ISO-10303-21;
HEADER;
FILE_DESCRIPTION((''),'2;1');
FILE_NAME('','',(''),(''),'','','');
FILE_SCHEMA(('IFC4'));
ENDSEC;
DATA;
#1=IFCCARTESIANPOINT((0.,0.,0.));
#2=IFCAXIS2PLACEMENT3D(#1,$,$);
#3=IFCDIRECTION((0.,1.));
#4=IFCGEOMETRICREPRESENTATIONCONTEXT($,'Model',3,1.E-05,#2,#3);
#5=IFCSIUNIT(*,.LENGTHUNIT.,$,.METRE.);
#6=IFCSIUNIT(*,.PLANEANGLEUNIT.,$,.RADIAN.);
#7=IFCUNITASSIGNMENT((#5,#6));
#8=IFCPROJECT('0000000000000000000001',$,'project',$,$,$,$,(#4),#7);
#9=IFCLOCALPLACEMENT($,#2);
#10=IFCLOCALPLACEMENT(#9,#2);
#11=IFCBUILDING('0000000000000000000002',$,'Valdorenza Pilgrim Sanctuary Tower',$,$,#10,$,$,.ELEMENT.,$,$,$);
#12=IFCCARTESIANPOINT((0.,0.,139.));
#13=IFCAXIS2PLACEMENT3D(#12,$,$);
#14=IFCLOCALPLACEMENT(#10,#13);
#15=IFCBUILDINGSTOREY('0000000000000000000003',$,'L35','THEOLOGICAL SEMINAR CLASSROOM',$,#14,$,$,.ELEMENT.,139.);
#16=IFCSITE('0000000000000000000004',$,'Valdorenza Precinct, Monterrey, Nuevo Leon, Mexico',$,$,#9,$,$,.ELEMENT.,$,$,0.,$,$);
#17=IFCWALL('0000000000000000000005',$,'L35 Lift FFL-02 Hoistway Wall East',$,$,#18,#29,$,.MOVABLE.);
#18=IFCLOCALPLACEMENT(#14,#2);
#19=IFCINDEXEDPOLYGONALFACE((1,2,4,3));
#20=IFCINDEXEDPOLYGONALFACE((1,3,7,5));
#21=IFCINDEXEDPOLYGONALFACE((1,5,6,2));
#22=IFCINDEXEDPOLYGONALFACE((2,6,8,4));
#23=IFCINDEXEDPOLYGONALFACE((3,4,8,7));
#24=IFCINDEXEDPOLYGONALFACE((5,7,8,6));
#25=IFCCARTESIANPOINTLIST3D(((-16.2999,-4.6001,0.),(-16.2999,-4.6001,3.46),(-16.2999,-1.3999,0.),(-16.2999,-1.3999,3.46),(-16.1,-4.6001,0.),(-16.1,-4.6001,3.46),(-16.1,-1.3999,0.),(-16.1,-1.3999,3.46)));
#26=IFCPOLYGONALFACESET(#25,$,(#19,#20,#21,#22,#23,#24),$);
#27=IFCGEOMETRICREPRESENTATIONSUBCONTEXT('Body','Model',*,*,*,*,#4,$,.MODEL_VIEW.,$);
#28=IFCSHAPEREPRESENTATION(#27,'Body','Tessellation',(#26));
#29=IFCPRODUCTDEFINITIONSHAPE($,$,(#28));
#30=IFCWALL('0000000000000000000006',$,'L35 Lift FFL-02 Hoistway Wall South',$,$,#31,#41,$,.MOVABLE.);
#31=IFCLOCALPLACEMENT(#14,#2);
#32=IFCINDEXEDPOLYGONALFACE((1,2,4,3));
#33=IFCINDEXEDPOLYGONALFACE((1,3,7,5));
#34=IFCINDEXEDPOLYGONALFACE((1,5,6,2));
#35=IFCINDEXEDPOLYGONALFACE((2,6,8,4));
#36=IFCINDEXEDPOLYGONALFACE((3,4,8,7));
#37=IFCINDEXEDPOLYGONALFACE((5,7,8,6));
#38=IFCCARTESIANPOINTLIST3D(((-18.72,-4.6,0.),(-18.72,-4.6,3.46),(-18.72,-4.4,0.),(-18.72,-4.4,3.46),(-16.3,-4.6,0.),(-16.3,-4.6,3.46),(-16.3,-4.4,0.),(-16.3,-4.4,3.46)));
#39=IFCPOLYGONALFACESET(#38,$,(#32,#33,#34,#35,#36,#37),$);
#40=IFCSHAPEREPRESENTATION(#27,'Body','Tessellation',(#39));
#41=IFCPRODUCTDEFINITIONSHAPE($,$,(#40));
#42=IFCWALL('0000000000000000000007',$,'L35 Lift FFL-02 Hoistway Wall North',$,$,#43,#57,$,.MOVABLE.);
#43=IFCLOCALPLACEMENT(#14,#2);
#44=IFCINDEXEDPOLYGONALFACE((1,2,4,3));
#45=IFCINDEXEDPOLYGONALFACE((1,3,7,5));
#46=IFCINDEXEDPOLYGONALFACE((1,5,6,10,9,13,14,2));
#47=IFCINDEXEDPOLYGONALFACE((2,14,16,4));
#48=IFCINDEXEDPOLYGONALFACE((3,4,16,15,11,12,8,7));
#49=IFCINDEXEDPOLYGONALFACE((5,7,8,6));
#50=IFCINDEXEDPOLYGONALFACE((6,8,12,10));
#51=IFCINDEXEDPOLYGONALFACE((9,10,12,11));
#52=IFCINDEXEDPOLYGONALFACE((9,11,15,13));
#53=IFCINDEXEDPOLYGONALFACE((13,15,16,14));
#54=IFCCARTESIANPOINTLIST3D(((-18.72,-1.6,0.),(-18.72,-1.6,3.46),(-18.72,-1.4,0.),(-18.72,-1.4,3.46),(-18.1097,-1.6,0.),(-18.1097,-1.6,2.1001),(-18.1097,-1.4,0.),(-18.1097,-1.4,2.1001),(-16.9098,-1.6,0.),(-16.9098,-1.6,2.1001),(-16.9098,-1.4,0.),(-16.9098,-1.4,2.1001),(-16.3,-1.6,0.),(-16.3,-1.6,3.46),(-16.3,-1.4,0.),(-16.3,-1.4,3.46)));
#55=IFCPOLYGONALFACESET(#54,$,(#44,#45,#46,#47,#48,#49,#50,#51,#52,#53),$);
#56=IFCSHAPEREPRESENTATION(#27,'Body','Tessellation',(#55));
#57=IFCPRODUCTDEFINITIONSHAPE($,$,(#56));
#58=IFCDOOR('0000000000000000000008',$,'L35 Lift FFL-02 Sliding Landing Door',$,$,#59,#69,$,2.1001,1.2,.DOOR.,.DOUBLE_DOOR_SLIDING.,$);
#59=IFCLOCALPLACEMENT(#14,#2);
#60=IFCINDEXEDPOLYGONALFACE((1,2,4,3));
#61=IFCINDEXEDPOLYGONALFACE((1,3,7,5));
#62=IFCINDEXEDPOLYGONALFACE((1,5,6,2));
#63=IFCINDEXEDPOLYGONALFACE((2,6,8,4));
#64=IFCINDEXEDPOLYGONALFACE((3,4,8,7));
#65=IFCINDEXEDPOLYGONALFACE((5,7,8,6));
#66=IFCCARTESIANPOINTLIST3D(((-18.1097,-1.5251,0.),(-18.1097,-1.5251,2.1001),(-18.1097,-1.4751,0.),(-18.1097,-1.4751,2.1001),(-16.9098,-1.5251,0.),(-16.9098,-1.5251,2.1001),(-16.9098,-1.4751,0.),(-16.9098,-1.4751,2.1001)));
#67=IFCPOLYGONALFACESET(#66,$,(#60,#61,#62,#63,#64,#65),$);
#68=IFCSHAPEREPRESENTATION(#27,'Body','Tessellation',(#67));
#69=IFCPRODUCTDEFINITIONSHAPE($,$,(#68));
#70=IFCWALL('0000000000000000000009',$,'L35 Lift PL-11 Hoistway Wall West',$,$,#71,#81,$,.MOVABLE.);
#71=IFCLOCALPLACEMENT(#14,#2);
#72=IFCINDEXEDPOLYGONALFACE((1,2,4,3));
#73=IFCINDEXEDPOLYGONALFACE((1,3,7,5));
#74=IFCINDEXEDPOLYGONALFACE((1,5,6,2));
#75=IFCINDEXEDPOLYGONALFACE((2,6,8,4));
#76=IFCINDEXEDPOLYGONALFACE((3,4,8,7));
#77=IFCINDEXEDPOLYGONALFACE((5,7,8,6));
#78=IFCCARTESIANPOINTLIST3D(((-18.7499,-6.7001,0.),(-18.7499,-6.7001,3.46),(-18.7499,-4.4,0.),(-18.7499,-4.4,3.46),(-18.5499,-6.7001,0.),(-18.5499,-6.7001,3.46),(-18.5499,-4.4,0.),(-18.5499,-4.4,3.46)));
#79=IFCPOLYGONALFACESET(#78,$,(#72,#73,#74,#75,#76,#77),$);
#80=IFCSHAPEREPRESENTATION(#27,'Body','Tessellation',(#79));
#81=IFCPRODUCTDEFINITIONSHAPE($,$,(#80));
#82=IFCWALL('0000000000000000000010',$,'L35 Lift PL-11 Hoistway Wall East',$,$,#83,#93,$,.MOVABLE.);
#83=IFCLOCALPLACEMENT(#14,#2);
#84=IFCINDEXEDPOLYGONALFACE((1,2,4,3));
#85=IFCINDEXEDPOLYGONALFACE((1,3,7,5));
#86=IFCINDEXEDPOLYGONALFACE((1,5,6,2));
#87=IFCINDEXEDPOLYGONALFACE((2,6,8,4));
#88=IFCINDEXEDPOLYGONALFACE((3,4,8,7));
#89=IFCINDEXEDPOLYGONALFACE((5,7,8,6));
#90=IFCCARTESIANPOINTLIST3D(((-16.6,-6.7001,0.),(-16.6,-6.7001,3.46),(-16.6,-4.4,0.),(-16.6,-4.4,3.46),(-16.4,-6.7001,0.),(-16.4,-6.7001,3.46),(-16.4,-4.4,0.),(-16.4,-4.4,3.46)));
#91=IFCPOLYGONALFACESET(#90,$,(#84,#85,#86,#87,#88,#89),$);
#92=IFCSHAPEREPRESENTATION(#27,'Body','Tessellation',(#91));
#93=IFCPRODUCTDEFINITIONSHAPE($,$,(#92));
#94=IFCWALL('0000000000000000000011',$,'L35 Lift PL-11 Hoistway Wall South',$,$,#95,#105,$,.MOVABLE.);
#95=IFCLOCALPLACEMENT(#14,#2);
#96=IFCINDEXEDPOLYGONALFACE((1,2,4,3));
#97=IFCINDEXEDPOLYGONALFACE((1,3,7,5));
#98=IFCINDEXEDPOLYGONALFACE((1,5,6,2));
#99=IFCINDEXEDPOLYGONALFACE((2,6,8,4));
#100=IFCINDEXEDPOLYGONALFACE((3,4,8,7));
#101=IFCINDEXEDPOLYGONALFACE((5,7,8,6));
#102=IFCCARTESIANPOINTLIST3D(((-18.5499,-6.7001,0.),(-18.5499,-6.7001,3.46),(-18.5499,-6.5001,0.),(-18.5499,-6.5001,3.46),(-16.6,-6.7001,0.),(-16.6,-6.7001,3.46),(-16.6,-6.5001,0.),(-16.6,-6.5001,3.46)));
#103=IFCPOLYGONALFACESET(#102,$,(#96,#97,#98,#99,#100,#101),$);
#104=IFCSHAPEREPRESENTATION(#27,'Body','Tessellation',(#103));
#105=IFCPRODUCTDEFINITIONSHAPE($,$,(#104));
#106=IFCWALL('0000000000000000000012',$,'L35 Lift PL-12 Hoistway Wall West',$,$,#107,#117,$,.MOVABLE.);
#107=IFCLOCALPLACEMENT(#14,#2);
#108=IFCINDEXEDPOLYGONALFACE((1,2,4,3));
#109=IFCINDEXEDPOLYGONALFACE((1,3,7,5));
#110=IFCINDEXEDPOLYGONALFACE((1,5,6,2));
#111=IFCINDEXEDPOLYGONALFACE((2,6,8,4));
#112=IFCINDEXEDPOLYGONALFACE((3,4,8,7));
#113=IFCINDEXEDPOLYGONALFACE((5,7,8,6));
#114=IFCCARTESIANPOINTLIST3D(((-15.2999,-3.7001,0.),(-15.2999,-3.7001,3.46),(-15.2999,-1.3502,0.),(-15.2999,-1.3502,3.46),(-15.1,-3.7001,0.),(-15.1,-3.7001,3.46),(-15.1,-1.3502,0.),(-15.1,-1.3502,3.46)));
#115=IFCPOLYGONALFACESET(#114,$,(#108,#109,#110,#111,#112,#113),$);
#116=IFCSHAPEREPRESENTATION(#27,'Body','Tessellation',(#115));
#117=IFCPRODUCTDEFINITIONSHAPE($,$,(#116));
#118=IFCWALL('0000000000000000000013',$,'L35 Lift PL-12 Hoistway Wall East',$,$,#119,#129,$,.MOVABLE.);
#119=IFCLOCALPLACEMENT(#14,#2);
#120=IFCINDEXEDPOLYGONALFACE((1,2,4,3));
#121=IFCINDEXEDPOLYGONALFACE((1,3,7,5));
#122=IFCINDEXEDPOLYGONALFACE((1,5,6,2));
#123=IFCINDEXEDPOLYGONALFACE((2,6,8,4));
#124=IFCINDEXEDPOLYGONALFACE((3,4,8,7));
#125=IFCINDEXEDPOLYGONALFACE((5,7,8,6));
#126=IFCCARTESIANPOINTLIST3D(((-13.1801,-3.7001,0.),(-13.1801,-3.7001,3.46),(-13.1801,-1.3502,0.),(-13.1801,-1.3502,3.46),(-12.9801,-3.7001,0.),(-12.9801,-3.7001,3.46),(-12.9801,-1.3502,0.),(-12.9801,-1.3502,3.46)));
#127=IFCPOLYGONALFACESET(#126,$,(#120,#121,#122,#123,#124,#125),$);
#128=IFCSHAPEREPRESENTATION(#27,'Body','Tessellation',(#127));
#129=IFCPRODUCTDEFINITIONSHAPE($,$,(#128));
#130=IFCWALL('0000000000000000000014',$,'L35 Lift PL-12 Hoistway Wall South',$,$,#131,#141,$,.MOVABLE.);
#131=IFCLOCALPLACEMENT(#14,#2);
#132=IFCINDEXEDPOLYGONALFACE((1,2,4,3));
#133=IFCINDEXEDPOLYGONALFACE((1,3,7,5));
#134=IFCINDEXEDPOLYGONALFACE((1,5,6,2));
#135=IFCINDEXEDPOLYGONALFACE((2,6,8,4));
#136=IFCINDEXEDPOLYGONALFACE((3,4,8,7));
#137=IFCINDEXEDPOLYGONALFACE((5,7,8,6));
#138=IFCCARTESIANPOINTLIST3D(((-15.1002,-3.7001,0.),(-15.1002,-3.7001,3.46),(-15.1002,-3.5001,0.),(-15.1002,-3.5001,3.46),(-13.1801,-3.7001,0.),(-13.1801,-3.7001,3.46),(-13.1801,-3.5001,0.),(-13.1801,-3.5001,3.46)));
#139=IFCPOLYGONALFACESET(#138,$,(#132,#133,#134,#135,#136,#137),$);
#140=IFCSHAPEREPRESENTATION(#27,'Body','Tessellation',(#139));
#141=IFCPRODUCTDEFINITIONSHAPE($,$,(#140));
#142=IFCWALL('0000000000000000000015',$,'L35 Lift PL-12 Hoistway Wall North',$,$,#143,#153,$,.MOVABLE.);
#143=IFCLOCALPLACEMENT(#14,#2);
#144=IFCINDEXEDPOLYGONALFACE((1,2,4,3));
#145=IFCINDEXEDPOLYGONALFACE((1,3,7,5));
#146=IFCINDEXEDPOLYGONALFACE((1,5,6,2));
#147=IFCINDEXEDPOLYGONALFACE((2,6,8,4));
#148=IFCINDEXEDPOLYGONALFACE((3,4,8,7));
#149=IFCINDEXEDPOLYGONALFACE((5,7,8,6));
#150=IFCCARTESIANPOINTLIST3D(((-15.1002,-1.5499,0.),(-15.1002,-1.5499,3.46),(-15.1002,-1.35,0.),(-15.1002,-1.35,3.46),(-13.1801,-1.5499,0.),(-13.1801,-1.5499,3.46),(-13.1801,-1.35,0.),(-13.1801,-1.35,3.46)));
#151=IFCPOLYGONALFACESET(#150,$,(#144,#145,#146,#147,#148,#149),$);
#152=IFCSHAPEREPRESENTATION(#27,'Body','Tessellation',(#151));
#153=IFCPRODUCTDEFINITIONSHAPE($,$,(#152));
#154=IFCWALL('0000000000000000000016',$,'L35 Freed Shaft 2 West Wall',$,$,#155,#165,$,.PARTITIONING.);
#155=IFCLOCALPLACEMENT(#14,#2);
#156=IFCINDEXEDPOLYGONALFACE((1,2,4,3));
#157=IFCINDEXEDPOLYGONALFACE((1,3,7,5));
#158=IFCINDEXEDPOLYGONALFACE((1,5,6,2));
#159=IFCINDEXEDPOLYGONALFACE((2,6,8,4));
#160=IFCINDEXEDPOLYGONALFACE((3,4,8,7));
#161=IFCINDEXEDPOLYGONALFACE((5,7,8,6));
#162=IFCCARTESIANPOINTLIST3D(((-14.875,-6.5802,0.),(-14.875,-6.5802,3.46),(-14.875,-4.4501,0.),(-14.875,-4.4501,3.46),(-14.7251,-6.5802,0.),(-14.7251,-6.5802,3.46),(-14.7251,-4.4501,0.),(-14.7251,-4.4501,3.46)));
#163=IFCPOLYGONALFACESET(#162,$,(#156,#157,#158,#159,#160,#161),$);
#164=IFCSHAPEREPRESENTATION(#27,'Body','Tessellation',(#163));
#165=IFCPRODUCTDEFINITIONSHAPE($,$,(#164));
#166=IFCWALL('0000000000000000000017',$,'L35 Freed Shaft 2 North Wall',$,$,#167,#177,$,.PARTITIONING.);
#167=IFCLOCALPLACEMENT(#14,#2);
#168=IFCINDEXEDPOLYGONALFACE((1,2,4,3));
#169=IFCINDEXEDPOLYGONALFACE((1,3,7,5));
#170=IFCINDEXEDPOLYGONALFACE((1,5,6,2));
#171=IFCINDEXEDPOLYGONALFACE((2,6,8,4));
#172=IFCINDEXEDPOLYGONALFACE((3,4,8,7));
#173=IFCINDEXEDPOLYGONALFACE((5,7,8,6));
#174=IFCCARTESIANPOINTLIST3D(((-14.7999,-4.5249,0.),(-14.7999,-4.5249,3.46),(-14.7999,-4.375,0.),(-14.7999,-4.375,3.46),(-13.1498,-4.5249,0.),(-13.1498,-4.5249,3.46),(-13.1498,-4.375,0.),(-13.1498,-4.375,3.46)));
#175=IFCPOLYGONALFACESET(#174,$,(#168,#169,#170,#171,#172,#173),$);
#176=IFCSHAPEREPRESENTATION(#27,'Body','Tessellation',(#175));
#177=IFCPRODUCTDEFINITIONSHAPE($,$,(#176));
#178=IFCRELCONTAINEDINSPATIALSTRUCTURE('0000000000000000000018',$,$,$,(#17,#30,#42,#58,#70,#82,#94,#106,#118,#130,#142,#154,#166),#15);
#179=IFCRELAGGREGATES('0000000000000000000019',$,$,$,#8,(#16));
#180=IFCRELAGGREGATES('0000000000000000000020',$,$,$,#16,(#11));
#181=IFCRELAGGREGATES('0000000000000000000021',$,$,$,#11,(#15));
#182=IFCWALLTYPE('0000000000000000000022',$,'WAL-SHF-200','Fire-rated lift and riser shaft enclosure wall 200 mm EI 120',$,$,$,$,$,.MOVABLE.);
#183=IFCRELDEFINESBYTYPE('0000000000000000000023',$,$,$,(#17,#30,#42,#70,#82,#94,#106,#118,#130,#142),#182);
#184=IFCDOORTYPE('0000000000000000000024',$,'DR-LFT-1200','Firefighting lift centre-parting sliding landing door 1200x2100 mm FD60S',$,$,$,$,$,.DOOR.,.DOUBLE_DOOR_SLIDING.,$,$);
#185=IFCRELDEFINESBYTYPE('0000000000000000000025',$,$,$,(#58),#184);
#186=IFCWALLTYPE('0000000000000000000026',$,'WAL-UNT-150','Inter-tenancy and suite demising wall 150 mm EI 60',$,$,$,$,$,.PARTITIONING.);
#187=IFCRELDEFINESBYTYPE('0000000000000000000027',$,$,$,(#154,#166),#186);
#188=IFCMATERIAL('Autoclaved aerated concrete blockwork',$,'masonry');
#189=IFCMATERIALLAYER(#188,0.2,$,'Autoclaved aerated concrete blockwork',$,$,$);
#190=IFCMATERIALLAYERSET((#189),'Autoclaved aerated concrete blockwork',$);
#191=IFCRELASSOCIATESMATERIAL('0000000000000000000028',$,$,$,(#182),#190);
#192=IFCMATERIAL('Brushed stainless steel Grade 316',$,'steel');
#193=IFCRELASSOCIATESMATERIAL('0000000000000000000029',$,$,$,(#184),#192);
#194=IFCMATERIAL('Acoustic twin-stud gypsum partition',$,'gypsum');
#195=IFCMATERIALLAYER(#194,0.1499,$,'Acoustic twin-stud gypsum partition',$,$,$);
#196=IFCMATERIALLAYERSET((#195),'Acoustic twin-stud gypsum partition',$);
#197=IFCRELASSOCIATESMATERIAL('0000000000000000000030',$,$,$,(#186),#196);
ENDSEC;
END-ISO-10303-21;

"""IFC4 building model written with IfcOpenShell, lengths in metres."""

from ifc_helpers import new_model, si_unit, direction, frame, frame_2d, origin, place, context, subcontext, project, spatial, rectangle, extrude, material, layer, layer_set, type_object, element, fill, save


model = new_model("IFC4")

# Units and contexts
model_context = context("Model", 3, precision=1e-05, world=origin(), true_north=direction((0.0, 1.0)))
body_context = subcontext(model_context, "Body", "Model", "MODEL_VIEW")
ifc_project = project(units=[si_unit("LENGTHUNIT", "METRE"), si_unit("PLANEANGLEUNIT", "RADIAN")], contexts=[model_context])

# Site, building, storey
site_placement = place(None, origin())
site = spatial("IfcSite", under=ifc_project, at=site_placement, Name="Valdorenza Precinct, Monterrey, Nuevo Leon, Mexico", CompositionType="ELEMENT", RefElevation=0.0)
building_placement = place(site_placement, origin())
building = spatial("IfcBuilding", under=site, at=building_placement, Name="Valdorenza Pilgrim Sanctuary Tower", CompositionType="ELEMENT")
storey_placement = place(building_placement, frame((0.0, 0.0, 139.0)))
storey = spatial("IfcBuildingStorey", under=building, at=storey_placement, Name="L35", Description="THEOLOGICAL SEMINAR CLASSROOM", CompositionType="ELEMENT", Elevation=139.0)

# Shared definitions
ifc_material_1 = material(Name="Acoustic twin-stud gypsum partition", Category="gypsum")

# Walls
ifc_material_2 = material(Name="Autoclaved aerated concrete blockwork", Category="masonry")
ifc_layer_1 = layer(ifc_material_2, 0.2, Name="Autoclaved aerated concrete blockwork")
ifc_layer_set_1 = layer_set([ifc_layer_1], Name="Autoclaved aerated concrete blockwork")
wall_type_1 = type_object("IfcWallType", Name="WAL-SHF-200", Description="Fire-rated lift and riser shaft enclosure wall 200 mm EI 120", PredefinedType="MOVABLE", material=ifc_layer_set_1)
wall_1_placement = place(storey_placement, frame((-16.2, -4.6001, 0.0), z_axis=(0.0, 0.0, 1.0), x_axis=(0.0, 1.0, 0.0)))
element("IfcWall", 1, at=wall_1_placement, inside=storey, type_object=wall_type_1, Name="L35 Lift FFL-02 Hoistway Wall East", PredefinedType="MOVABLE", context=body_context, shape_type="SweptSolid", body=[
    extrude(rectangle(XDim=3.2002, YDim=0.2, at=frame_2d((1.6001, 0.0))), origin(), (0.0, 0.0, 1.0), 3.46),
])
wall_2_placement = place(storey_placement, frame((-18.72, -4.5, 0.0), z_axis=(0.0, 0.0, 1.0), x_axis=(1.0, 0.0, 0.0)))
element("IfcWall", 2, at=wall_2_placement, inside=storey, type_object=wall_type_1, Name="L35 Lift FFL-02 Hoistway Wall South", PredefinedType="MOVABLE", context=body_context, shape_type="SweptSolid", body=[
    extrude(rectangle(XDim=2.4199, YDim=0.2, at=frame_2d((1.21, 0.0))), origin(), (0.0, 0.0, 1.0), 3.46),
])

# Wall, opening, door
wall_3_placement = place(storey_placement, frame((-18.72, -1.5, 0.0), z_axis=(0.0, 0.0, 1.0), x_axis=(1.0, 0.0, 0.0)))
wall_3 = element("IfcWall", 3, at=wall_3_placement, inside=storey, type_object=wall_type_1, Name="L35 Lift FFL-02 Hoistway Wall North", PredefinedType="MOVABLE", context=body_context, shape_type="SweptSolid", body=[
    extrude(rectangle(XDim=2.4199, YDim=0.2, at=frame_2d((1.21, 0.0))), origin(), (0.0, 0.0, 1.0), 3.46),
])
opening_1_placement = place(wall_3_placement, frame((0.6101, 0.0, 0.0)))
opening_1 = element("IfcOpeningElement", 4, at=opening_1_placement, cuts=wall_3, PredefinedType="OPENING", context=body_context, shape_type="SweptSolid", body=[
    extrude(rectangle(XDim=1.2, YDim=2.1001, at=frame_2d((0.6001, 1.05))), frame((0.0, 0.1147, 0.0), z_axis=(0.0, -1.0, 0.0), x_axis=(1.0, 0.0, 0.0)), (0.0, 0.0, 1.0), 0.2297),
])
ifc_material_3 = material(Name="Brushed stainless steel Grade 316", Category="steel")
door_type_1 = type_object("IfcDoorType", Name="DR-LFT-1200", Description="Firefighting lift centre-parting sliding landing door 1200x2100 mm FD60S", OperationType="DOUBLE_DOOR_SLIDING", PredefinedType="DOOR", material=ifc_material_3)
door_1_placement = place(opening_1_placement, origin())
door_1 = element("IfcDoor", 5, at=door_1_placement, inside=storey, type_object=door_type_1, Name="L35 Lift FFL-02 Sliding Landing Door", OperationType="DOUBLE_DOOR_SLIDING", OverallHeight=2.1001, OverallWidth=1.2, PredefinedType="DOOR", context=body_context, shape_type="SweptSolid", body=[
    extrude(rectangle(XDim=1.2, YDim=2.1001, at=frame_2d((0.6001, 1.05))), frame((0.0, 0.0249, 0.0), z_axis=(0.0, -1.0, 0.0), x_axis=(1.0, 0.0, 0.0)), (0.0, 0.0, 1.0), 0.05),
])
fill(opening_1, door_1)

# Walls
for number, where, z_axis, x_axis, name in (
    (6, (-18.6499, -6.7, 0.0), (0.0, 0.0, 1.0), (0.0, 1.0, 0.0), "L35 Lift PL-11 Hoistway Wall West"),
    (7, (-16.5, -6.7, 0.0), (0.0, 0.0, 1.0), (0.0, 1.0, 0.0), "L35 Lift PL-11 Hoistway Wall East"),
):
    element("IfcWall", number, at=place(storey_placement, frame(where, z_axis=z_axis, x_axis=x_axis)), inside=storey, type_object=wall_type_1, Name=name, PredefinedType="MOVABLE", context=body_context, shape_type="SweptSolid", body=[
        extrude(rectangle(XDim=2.3, YDim=0.2, at=frame_2d((1.1499, 0.0))), origin(), (0.0, 0.0, 1.0), 3.46),
    ])
wall_4_placement = place(storey_placement, frame((-18.55, -6.6001, 0.0), z_axis=(0.0, 0.0, 1.0), x_axis=(1.0, 0.0, 0.0)))
element("IfcWall", 8, at=wall_4_placement, inside=storey, type_object=wall_type_1, Name="L35 Lift PL-11 Hoistway Wall South", PredefinedType="MOVABLE", context=body_context, shape_type="SweptSolid", body=[
    extrude(rectangle(XDim=1.95, YDim=0.2, at=frame_2d((0.9751, 0.0))), origin(), (0.0, 0.0, 1.0), 3.46),
])
for number, where, z_axis, x_axis, name in (
    (9, (-15.2, -3.7, 0.0), (0.0, 0.0, 1.0), (0.0, 1.0, 0.0), "L35 Lift PL-12 Hoistway Wall West"),
    (10, (-13.0801, -3.7, 0.0), (0.0, 0.0, 1.0), (0.0, 1.0, 0.0), "L35 Lift PL-12 Hoistway Wall East"),
):
    element("IfcWall", number, at=place(storey_placement, frame(where, z_axis=z_axis, x_axis=x_axis)), inside=storey, type_object=wall_type_1, Name=name, PredefinedType="MOVABLE", context=body_context, shape_type="SweptSolid", body=[
        extrude(rectangle(XDim=2.3499, YDim=0.2, at=frame_2d((1.1748, 0.0))), origin(), (0.0, 0.0, 1.0), 3.46),
    ])
for number, where, z_axis, x_axis, name in (
    (11, (-15.1001, -3.6001, 0.0), (0.0, 0.0, 1.0), (1.0, 0.0, 0.0), "L35 Lift PL-12 Hoistway Wall South"),
    (12, (-15.1001, -1.45, 0.0), (0.0, 0.0, 1.0), (1.0, 0.0, 0.0), "L35 Lift PL-12 Hoistway Wall North"),
):
    element("IfcWall", number, at=place(storey_placement, frame(where, z_axis=z_axis, x_axis=x_axis)), inside=storey, type_object=wall_type_1, Name=name, PredefinedType="MOVABLE", context=body_context, shape_type="SweptSolid", body=[
        extrude(rectangle(XDim=1.9202, YDim=0.2, at=frame_2d((0.96, 0.0))), origin(), (0.0, 0.0, 1.0), 3.46),
    ])

# Walls
ifc_layer_2 = layer(ifc_material_1, 0.1499, Name="Acoustic twin-stud gypsum partition")
ifc_layer_set_2 = layer_set([ifc_layer_2], Name="Acoustic twin-stud gypsum partition")
wall_type_2 = type_object("IfcWallType", Name="WAL-UNT-150", Description="Inter-tenancy and suite demising wall 150 mm EI 60", PredefinedType="PARTITIONING", material=ifc_layer_set_2)
wall_5_placement = place(storey_placement, frame((-14.8, -6.5801, 0.0), z_axis=(0.0, 0.0, 1.0), x_axis=(0.0, 1.0, 0.0)))
element("IfcWall", 13, at=wall_5_placement, inside=storey, type_object=wall_type_2, Name="L35 Freed Shaft 2 West Wall", PredefinedType="PARTITIONING", context=body_context, shape_type="SweptSolid", body=[
    extrude(rectangle(XDim=2.1301, YDim=0.1499, at=frame_2d((1.0649, 0.0))), origin(), (0.0, 0.0, 1.0), 3.46),
])
wall_6_placement = place(storey_placement, frame((-14.8, -4.45, 0.0), z_axis=(0.0, 0.0, 1.0), x_axis=(1.0, 0.0, 0.0)))
element("IfcWall", 14, at=wall_6_placement, inside=storey, type_object=wall_type_2, Name="L35 Freed Shaft 2 North Wall", PredefinedType="PARTITIONING", context=body_context, shape_type="SweptSolid", body=[
    extrude(rectangle(XDim=1.6501, YDim=0.1499, at=frame_2d((0.8252, 0.0))), origin(), (0.0, 0.0, 1.0), 3.46),
])

save(model, "model.ifc")
